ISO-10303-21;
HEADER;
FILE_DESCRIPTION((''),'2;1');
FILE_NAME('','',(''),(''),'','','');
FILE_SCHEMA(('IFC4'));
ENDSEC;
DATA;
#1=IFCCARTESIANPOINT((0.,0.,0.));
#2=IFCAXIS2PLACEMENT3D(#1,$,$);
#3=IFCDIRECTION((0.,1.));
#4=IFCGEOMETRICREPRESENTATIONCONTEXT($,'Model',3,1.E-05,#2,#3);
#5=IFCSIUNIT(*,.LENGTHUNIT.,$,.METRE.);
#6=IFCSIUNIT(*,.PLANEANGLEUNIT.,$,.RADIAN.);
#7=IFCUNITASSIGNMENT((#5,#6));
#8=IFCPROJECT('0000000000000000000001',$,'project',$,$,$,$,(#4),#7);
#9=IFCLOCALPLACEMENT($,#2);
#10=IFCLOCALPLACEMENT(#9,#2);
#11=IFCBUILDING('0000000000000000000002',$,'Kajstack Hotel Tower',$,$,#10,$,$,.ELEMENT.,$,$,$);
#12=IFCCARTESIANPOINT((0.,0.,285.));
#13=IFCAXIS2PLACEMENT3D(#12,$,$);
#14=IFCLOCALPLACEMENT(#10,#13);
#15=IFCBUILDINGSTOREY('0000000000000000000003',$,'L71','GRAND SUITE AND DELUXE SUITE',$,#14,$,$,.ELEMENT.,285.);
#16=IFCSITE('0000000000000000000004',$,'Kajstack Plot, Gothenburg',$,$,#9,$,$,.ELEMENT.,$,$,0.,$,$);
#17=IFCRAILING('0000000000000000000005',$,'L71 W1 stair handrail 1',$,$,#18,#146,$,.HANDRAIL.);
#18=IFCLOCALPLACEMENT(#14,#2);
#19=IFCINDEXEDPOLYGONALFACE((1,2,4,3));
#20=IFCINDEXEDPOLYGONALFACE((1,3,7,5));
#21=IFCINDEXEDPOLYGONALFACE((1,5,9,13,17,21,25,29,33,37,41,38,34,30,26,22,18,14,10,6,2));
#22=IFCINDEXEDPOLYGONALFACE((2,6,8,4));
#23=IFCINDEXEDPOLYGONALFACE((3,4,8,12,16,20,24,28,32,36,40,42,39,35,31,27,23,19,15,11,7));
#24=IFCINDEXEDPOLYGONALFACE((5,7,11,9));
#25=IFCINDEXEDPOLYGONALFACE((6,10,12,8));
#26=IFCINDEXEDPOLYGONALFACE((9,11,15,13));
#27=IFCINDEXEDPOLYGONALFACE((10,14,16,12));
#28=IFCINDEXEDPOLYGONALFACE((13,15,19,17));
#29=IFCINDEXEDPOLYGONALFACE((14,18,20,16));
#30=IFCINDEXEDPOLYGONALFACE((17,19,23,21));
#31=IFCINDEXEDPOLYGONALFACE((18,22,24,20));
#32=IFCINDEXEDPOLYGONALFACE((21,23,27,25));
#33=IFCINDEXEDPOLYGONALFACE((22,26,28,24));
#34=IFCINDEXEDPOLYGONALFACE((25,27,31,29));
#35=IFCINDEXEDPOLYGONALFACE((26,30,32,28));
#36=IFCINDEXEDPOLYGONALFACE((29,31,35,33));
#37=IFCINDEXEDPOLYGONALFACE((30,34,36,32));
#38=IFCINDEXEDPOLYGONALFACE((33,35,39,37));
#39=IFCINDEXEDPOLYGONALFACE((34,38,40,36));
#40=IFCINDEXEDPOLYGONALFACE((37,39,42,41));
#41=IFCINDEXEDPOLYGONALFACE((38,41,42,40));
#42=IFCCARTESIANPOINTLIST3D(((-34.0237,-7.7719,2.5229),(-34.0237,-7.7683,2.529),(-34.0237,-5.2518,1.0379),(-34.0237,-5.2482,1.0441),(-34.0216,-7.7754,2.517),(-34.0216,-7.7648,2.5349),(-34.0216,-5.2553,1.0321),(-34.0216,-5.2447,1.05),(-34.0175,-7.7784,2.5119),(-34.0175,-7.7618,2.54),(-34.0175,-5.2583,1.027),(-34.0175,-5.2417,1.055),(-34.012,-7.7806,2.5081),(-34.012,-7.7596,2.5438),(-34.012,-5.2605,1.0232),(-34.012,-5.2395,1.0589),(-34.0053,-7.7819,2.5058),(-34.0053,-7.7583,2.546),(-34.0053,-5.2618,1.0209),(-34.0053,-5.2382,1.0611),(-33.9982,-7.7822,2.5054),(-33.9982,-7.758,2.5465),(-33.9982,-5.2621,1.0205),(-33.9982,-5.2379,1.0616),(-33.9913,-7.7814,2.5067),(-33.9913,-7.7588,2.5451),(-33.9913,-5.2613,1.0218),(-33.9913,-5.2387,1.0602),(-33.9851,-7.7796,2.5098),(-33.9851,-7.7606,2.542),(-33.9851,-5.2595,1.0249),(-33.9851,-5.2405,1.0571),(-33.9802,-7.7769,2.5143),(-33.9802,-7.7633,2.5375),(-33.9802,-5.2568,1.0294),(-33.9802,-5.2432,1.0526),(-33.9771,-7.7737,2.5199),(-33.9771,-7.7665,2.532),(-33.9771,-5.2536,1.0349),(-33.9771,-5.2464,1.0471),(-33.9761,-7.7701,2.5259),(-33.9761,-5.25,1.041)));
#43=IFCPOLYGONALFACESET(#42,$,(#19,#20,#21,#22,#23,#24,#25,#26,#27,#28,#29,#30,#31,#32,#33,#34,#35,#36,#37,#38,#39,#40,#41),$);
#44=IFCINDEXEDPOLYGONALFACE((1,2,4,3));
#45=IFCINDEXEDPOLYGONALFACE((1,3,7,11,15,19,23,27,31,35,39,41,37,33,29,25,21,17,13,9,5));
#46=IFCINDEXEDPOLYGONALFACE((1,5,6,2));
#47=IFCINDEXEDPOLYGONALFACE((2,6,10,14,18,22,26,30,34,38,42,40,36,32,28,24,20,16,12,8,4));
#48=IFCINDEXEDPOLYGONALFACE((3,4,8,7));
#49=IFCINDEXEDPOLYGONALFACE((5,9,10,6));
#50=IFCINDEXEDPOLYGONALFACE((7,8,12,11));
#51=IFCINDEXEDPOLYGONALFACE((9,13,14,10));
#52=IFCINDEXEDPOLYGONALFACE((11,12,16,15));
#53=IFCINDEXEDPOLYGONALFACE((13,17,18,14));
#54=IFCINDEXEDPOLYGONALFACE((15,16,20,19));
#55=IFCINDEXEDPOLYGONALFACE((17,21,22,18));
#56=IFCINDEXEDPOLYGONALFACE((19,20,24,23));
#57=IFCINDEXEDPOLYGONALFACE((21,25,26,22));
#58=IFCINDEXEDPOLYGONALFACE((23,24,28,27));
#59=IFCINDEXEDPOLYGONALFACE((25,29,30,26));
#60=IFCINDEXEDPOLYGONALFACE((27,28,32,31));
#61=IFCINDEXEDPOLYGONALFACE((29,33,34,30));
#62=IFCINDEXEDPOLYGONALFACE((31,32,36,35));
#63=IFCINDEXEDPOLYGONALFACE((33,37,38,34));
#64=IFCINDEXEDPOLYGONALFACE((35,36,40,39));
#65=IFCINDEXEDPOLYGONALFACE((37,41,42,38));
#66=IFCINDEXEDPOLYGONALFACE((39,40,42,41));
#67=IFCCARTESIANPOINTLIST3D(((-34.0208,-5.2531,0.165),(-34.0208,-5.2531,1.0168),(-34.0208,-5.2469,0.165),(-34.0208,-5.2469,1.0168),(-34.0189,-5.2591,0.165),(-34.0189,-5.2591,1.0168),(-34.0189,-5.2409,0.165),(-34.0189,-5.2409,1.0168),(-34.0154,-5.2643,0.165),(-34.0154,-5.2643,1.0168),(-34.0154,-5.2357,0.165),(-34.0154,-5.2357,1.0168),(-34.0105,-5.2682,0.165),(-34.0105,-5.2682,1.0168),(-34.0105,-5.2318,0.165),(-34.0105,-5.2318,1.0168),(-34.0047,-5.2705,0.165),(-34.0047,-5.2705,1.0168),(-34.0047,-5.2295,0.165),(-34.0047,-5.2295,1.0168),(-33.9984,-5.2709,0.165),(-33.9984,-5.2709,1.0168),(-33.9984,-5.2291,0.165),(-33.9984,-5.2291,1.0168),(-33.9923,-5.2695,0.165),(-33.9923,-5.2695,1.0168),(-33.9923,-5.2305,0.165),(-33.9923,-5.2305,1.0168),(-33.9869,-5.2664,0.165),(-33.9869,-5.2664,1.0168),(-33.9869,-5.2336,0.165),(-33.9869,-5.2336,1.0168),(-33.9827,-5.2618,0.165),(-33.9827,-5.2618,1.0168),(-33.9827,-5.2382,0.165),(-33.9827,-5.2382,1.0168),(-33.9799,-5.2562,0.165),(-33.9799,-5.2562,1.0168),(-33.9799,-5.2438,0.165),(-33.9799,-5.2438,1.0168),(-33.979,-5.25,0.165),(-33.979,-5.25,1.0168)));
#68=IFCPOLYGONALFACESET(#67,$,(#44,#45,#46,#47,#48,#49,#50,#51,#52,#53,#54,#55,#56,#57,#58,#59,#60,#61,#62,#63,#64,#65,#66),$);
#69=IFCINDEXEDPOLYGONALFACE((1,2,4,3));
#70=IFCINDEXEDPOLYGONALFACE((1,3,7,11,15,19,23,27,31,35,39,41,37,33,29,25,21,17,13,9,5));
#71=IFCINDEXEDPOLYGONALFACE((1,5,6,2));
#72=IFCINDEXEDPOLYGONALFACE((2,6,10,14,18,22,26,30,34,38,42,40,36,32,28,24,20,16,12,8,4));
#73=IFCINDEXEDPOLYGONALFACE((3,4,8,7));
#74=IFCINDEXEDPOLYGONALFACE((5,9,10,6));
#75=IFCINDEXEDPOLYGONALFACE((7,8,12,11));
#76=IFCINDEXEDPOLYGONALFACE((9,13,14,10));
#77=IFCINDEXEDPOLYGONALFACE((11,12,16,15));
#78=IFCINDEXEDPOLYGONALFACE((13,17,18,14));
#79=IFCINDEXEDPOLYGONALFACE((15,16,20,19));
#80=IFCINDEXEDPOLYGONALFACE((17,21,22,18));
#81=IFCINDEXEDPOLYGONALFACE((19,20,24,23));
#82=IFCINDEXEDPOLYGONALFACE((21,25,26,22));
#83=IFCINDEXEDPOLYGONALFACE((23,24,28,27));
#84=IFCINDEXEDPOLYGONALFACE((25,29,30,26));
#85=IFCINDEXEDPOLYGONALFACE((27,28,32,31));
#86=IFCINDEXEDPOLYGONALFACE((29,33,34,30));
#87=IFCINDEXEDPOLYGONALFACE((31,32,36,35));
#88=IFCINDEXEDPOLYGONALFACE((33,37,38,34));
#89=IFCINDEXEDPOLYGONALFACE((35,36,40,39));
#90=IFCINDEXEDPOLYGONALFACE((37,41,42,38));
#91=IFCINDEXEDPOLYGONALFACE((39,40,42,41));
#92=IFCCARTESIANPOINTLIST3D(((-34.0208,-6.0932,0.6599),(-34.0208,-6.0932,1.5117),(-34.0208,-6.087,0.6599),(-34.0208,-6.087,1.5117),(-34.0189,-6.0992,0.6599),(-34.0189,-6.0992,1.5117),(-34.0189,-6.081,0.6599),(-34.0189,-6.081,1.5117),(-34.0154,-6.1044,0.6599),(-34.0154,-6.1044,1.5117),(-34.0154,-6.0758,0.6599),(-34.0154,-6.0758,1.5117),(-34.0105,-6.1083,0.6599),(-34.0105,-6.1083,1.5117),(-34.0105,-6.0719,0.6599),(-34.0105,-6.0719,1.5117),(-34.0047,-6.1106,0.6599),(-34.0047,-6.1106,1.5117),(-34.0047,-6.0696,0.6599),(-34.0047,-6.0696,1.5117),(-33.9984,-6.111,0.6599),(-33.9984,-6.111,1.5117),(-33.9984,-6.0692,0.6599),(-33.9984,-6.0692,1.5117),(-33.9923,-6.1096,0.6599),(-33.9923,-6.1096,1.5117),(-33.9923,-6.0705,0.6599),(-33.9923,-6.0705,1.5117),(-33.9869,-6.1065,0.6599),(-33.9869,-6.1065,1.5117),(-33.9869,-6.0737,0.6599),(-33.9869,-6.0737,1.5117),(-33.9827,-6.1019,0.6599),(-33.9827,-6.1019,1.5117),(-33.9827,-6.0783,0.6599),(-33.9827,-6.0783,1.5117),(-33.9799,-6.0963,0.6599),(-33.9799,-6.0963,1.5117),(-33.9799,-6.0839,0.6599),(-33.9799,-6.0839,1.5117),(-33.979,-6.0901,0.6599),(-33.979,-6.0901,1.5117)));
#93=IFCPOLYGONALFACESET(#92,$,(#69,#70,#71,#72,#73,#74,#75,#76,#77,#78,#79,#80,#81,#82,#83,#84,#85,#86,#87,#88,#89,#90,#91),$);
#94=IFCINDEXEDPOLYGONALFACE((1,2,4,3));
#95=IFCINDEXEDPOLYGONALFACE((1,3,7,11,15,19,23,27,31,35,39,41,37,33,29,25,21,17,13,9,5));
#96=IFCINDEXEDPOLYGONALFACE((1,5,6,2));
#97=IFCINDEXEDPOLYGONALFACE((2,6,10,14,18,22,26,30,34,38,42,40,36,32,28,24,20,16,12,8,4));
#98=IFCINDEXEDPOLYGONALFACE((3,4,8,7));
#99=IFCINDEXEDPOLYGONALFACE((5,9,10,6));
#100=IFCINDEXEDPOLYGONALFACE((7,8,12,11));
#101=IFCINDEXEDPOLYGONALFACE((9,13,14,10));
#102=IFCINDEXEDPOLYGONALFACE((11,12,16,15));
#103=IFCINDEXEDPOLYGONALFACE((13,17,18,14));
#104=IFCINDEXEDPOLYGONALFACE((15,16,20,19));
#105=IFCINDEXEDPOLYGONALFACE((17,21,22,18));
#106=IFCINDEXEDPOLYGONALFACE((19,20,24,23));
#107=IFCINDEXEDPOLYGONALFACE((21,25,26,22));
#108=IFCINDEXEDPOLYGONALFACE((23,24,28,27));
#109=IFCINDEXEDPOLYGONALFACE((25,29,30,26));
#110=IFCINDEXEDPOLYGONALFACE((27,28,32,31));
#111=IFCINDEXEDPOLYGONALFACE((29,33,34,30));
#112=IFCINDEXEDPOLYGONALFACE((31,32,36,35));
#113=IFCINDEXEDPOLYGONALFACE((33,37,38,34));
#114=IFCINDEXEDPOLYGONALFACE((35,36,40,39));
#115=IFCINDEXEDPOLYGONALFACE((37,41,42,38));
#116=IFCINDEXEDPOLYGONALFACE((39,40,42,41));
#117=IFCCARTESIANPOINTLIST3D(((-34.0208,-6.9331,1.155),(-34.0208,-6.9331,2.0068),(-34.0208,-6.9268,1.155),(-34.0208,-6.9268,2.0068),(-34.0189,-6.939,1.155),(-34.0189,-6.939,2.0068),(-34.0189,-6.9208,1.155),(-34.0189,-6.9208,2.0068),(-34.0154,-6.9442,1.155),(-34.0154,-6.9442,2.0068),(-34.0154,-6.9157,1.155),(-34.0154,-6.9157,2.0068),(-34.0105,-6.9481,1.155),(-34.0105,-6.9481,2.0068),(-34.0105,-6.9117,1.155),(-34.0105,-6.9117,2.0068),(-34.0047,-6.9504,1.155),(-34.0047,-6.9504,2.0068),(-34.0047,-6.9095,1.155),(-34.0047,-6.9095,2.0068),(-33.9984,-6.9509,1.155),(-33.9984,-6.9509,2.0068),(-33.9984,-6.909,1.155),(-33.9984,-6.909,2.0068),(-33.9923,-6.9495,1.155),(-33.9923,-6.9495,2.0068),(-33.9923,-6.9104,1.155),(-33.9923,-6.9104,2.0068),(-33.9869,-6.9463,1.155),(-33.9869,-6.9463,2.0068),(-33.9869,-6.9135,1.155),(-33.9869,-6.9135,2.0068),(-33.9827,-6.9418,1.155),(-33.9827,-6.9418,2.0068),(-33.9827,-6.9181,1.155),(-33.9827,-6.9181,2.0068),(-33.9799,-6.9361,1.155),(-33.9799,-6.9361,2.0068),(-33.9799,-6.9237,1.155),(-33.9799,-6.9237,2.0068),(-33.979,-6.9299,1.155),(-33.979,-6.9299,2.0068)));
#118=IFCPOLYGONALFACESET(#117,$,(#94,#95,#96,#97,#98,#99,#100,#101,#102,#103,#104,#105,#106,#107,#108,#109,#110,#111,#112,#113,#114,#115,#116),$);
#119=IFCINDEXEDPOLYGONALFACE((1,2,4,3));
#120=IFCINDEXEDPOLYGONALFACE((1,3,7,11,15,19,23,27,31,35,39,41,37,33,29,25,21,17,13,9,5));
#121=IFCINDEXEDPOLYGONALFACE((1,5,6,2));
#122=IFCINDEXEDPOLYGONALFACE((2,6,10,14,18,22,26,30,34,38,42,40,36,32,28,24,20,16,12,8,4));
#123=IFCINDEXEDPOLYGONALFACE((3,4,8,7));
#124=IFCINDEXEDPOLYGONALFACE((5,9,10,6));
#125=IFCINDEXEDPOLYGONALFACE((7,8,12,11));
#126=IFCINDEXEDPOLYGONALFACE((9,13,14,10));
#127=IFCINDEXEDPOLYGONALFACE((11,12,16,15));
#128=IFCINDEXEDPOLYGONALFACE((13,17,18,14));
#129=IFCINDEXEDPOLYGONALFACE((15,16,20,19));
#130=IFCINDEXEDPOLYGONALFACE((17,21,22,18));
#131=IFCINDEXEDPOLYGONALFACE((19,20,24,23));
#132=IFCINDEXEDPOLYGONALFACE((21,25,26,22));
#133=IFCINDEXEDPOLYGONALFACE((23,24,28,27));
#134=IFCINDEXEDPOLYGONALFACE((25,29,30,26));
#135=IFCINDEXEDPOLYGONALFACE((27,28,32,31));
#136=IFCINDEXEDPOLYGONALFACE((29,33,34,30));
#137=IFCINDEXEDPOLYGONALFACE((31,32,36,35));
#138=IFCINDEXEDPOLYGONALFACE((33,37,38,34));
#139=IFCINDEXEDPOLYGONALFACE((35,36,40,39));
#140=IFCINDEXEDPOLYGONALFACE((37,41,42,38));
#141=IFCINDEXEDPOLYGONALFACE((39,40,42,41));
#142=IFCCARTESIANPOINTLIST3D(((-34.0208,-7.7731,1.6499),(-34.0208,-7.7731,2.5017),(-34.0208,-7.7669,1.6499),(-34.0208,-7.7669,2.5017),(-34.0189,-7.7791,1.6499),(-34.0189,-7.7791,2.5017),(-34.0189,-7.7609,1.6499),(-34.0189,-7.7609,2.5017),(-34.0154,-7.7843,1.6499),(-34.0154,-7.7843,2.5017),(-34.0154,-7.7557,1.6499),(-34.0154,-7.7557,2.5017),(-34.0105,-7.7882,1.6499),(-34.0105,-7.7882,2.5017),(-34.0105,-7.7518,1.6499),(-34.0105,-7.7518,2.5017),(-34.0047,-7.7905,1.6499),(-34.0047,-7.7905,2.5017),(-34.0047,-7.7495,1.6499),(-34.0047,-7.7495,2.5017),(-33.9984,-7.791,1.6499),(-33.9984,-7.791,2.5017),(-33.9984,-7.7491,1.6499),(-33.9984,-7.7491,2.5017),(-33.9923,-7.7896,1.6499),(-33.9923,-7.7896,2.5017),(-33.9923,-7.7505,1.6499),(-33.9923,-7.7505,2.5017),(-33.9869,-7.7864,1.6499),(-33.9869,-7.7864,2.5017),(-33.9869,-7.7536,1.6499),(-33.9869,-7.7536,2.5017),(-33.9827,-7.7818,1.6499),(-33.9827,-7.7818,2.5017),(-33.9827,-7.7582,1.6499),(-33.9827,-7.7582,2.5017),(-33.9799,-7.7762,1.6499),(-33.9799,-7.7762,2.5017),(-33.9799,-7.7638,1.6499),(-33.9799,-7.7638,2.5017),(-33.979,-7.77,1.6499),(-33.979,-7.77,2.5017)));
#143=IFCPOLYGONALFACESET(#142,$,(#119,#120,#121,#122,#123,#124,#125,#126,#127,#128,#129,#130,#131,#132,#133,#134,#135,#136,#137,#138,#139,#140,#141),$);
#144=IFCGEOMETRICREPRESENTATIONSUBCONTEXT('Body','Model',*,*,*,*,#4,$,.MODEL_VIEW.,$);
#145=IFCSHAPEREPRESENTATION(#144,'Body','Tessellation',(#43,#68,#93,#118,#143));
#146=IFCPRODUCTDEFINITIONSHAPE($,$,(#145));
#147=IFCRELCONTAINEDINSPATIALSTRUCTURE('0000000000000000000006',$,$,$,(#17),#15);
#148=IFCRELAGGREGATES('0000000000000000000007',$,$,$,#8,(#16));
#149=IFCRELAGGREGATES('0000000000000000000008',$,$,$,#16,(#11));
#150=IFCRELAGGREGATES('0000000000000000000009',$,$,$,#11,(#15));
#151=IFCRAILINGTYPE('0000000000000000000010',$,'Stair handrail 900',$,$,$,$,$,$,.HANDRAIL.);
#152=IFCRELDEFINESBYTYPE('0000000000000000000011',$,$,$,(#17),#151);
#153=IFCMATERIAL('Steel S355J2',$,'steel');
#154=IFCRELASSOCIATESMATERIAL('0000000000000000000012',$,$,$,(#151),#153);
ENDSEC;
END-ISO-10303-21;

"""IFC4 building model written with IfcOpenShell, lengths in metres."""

from ifc_helpers import new_model, si_unit, direction, frame, origin, origin_2d, place, context, subcontext, project, spatial, circle, extrude, material, type_object, element, save


model = new_model("IFC4")

# Units and contexts
model_context = context("Model", 3, precision=1e-05, world=origin(), true_north=direction((0.0, 1.0)))
body_context = subcontext(model_context, "Body", "Model", "MODEL_VIEW")
ifc_project = project(units=[si_unit("LENGTHUNIT", "METRE"), si_unit("PLANEANGLEUNIT", "RADIAN")], contexts=[model_context])

# Site, building, storey
site_placement = place(None, origin())
site = spatial("IfcSite", under=ifc_project, at=site_placement, Name="Kajstack Plot, Gothenburg", CompositionType="ELEMENT", RefElevation=0.0)
building_placement = place(site_placement, origin())
building = spatial("IfcBuilding", under=site, at=building_placement, Name="Kajstack Hotel Tower", CompositionType="ELEMENT")
storey_placement = place(building_placement, frame((0.0, 0.0, 285.0)))
storey = spatial("IfcBuildingStorey", under=building, at=storey_placement, Name="L71", Description="GRAND SUITE AND DELUXE SUITE", CompositionType="ELEMENT", Elevation=285.0)

# Railing
ifc_material_1 = material(Name="Steel S355J2", Category="steel")
railing_type_1 = type_object("IfcRailingType", Name="Stair handrail 900", PredefinedType="HANDRAIL", material=ifc_material_1)
railing_1_placement = place(storey_placement, frame((-34.0, -5.25, 0.165)))
element("IfcRailing", 1, at=railing_1_placement, inside=storey, type_object=railing_type_1, Name="L71 W1 stair handrail 1", PredefinedType="HANDRAIL", context=body_context, shape_type="SweptSolid", body=[
    extrude(circle(Radius=0.0239, at=origin_2d()), frame((0.0, 0.0, 0.876), z_axis=(0.0, -0.861561, 0.507655), x_axis=(1.0, 0.0, 0.0)), (0.0, 0.0, 1.0), 2.925),
    extrude(circle(Radius=0.021, at=origin_2d()), origin(), (0.0, 0.0, 1.0), 0.8518),
    extrude(circle(Radius=0.021, at=origin_2d()), frame((0.0, -0.8401, 0.4949)), (0.0, 0.0, 1.0), 0.8518),
    extrude(circle(Radius=0.021, at=origin_2d()), frame((0.0, -1.6799, 0.99)), (0.0, 0.0, 1.0), 0.8518),
    extrude(circle(Radius=0.021, at=origin_2d()), frame((0.0, -2.52, 1.4849)), (0.0, 0.0, 1.0), 0.8518),
])

save(model, "model.ifc")
